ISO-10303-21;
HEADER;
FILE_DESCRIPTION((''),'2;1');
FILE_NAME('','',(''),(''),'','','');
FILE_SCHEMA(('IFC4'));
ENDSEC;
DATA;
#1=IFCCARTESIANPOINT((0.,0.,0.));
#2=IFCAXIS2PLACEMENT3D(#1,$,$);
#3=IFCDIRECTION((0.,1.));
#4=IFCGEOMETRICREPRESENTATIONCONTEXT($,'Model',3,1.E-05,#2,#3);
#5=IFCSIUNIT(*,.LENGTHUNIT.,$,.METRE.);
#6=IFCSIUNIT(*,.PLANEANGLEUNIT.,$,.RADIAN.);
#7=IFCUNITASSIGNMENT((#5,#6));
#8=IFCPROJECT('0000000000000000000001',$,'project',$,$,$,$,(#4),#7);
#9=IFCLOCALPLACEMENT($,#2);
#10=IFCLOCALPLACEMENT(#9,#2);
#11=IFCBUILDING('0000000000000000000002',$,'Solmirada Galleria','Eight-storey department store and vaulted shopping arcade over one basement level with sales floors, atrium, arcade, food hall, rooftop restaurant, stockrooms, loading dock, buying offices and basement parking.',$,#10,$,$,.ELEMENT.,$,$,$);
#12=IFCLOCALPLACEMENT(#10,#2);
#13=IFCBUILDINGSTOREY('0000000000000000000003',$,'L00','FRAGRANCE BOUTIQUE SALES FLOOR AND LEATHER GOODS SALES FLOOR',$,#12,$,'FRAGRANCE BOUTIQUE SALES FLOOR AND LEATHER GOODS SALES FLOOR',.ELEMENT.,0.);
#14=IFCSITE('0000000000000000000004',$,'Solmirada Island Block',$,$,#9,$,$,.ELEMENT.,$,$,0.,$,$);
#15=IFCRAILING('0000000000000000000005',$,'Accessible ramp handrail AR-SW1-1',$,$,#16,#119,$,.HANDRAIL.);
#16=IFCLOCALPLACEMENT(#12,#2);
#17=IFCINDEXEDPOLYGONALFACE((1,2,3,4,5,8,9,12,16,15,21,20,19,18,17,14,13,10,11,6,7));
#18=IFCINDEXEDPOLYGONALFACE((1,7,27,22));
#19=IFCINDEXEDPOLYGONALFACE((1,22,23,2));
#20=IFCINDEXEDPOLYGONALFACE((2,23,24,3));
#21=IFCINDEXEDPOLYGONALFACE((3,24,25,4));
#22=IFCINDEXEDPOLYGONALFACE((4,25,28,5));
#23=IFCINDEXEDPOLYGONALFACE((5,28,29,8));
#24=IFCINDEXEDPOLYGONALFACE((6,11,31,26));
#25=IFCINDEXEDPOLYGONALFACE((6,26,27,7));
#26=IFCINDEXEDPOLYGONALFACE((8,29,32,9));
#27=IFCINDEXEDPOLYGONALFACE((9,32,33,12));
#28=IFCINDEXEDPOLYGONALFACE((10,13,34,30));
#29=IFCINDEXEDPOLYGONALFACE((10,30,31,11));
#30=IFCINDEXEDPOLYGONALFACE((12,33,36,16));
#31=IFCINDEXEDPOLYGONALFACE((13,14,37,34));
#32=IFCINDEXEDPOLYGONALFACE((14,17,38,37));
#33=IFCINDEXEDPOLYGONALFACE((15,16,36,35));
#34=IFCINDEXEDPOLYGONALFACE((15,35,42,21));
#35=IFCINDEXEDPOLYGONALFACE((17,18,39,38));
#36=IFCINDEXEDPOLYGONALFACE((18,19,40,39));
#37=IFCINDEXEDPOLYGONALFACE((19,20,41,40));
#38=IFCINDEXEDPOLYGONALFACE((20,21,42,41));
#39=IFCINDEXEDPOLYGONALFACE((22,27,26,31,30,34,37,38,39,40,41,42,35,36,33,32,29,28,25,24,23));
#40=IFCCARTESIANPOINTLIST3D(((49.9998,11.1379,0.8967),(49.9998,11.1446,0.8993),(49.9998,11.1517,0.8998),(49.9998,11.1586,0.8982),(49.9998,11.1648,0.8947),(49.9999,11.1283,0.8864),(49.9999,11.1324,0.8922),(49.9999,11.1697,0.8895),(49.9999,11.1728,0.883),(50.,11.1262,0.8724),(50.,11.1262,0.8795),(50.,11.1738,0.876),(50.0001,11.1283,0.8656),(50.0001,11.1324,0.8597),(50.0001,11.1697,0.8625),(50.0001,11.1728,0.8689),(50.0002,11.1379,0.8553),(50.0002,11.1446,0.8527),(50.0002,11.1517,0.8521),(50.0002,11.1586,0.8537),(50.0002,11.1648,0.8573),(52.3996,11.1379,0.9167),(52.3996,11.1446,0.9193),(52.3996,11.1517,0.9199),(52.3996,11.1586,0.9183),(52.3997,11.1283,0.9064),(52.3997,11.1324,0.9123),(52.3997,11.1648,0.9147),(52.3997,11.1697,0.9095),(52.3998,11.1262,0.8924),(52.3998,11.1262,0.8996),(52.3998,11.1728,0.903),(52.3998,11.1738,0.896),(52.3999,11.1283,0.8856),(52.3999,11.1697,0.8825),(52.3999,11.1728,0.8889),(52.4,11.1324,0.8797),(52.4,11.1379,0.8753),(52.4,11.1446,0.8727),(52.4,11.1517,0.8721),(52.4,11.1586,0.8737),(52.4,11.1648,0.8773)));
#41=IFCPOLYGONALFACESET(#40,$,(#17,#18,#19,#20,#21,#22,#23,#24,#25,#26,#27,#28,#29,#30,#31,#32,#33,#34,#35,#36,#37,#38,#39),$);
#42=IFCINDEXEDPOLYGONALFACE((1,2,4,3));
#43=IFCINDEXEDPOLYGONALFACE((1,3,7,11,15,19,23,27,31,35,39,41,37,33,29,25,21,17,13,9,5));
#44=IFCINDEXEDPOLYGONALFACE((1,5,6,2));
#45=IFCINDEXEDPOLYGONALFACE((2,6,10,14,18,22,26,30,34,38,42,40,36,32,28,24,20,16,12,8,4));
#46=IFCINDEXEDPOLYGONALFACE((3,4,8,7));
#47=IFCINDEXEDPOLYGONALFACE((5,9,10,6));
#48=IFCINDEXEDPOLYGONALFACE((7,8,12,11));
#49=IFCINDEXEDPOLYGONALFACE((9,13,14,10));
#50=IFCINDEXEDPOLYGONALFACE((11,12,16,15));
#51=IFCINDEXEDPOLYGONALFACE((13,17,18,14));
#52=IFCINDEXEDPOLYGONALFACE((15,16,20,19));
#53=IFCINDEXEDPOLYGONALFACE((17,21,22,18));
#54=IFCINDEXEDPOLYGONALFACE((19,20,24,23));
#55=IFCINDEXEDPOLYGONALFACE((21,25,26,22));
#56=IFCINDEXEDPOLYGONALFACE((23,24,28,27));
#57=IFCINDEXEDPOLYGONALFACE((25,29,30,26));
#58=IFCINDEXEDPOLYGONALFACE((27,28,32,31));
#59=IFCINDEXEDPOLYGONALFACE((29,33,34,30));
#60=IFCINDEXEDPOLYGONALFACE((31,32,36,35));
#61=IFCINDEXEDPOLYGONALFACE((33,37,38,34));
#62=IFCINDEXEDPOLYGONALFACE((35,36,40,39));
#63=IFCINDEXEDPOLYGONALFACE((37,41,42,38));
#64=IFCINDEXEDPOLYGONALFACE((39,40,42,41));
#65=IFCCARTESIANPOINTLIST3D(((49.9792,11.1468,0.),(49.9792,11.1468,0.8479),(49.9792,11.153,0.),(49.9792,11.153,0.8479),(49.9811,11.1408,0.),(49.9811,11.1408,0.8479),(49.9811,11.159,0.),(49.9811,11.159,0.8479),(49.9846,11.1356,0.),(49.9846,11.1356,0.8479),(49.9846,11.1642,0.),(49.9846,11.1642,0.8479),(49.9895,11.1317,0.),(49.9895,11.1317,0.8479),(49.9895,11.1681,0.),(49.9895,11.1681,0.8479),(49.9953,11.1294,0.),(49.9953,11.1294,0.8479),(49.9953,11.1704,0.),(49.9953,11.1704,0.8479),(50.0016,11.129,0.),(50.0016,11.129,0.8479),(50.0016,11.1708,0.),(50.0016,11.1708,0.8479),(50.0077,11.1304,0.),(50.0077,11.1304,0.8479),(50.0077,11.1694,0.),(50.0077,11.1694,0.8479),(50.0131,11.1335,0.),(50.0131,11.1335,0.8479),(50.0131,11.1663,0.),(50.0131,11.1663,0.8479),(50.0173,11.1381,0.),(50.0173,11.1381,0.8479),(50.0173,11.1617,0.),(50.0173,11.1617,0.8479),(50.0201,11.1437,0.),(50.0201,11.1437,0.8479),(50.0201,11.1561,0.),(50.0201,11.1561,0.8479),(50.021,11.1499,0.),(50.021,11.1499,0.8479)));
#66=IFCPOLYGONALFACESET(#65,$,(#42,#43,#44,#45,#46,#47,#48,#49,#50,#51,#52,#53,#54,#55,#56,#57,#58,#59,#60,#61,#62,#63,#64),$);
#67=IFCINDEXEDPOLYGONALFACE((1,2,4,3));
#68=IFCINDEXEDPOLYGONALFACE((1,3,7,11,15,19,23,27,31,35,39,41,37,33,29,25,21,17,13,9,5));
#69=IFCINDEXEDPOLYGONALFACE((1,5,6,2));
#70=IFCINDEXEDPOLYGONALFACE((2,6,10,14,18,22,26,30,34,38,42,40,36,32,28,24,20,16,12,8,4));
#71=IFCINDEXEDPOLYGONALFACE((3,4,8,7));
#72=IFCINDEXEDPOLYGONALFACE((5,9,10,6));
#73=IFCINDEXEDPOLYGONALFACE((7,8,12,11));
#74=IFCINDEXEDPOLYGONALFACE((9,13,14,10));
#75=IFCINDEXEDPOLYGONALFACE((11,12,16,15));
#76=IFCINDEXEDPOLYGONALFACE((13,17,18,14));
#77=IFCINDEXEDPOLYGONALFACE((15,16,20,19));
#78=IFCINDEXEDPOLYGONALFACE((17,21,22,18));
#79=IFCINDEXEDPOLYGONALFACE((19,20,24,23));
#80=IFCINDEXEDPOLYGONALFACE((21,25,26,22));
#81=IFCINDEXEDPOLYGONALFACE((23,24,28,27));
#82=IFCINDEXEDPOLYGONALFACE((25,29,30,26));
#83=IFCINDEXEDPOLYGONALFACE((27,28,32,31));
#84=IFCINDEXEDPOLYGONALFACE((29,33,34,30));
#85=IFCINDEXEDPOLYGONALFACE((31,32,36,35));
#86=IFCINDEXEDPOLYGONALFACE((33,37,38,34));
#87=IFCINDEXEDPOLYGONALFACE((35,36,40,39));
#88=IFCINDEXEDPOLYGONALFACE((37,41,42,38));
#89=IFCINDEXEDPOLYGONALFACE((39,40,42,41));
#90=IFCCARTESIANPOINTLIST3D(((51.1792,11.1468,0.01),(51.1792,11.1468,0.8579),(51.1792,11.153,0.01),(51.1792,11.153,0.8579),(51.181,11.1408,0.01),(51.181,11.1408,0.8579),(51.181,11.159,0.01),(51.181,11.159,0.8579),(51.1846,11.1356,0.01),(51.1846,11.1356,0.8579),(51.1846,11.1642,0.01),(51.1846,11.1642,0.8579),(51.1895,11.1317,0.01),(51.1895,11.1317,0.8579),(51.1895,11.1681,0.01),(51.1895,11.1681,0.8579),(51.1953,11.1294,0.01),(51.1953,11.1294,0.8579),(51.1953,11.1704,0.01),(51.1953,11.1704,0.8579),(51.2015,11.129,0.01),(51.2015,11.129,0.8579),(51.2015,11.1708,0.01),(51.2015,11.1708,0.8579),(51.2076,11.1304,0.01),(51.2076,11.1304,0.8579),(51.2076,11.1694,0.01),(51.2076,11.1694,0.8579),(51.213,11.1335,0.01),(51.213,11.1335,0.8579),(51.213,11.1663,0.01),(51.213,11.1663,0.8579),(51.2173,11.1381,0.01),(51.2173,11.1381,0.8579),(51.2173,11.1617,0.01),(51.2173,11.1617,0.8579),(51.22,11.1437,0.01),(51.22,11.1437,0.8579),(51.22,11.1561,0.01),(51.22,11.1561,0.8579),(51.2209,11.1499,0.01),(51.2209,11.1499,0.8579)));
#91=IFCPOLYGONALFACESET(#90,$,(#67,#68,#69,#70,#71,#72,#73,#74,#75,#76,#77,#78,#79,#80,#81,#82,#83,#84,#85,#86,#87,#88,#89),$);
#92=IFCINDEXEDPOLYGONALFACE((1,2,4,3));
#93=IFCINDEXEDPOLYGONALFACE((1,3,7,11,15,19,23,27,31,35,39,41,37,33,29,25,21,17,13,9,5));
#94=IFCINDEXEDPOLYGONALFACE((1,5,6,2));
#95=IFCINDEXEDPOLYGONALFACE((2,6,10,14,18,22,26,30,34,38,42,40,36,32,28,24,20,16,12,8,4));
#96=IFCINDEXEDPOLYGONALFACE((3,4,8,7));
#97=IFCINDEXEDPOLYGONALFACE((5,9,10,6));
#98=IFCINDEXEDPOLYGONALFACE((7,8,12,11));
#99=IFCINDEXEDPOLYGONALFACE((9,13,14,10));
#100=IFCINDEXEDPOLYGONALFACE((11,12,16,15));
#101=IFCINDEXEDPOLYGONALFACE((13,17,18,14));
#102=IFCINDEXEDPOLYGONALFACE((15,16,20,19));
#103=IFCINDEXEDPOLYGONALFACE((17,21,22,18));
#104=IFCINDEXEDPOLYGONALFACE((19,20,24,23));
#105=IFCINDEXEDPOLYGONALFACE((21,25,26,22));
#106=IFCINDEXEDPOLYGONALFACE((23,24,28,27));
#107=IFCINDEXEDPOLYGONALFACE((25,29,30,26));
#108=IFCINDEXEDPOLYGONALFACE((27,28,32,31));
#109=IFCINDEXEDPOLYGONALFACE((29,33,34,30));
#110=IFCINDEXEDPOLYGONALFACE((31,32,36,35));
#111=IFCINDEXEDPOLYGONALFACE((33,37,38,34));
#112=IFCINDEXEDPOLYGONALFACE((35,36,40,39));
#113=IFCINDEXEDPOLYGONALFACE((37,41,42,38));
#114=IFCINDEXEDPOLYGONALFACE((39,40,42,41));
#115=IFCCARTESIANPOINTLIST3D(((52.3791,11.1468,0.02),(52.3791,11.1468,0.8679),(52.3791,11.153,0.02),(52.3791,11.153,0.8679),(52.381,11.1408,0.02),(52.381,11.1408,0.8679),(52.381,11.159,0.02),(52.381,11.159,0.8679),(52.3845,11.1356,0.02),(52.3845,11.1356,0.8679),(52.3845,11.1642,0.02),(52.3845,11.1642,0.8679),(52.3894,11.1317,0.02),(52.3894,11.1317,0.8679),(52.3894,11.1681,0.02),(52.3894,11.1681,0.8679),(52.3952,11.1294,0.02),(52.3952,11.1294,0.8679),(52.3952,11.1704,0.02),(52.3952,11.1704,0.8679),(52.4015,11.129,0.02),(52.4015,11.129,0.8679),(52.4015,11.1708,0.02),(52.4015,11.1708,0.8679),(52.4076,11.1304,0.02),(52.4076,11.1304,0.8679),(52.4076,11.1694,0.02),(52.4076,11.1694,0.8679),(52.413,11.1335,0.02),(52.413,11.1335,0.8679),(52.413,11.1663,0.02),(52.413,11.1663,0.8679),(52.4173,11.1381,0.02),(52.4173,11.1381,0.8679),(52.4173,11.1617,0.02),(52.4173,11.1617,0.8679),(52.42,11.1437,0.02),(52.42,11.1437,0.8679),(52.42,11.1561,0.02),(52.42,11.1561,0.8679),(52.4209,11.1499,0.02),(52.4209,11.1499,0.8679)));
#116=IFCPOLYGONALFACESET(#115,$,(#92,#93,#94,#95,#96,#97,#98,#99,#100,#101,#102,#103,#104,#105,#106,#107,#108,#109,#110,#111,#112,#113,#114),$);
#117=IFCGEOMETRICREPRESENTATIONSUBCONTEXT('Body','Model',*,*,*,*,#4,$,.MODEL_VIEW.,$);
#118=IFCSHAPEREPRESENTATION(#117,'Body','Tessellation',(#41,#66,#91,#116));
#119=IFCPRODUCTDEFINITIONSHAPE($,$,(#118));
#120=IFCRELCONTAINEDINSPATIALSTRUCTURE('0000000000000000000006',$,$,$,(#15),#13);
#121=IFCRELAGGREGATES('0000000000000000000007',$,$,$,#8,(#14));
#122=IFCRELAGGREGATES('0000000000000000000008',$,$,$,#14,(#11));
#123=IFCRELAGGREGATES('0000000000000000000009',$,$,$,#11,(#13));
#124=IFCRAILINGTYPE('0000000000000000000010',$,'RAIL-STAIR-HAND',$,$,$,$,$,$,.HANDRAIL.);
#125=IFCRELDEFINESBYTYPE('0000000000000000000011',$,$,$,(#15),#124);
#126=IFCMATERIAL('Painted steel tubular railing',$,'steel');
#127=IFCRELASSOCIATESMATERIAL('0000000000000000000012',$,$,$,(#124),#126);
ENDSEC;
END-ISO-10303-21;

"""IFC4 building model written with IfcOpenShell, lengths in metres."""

from ifc_helpers import new_model, si_unit, direction, frame, origin, origin_2d, place, context, subcontext, project, spatial, circle, extrude, material, type_object, element, save


model = new_model("IFC4")

# Units and contexts
model_context = context("Model", 3, precision=1e-05, world=origin(), true_north=direction((0.0, 1.0)))
body_context = subcontext(model_context, "Body", "Model", "MODEL_VIEW")
ifc_project = project(units=[si_unit("LENGTHUNIT", "METRE"), si_unit("PLANEANGLEUNIT", "RADIAN")], contexts=[model_context])

# Site, building, storey
site_placement = place(None, origin())
site = spatial("IfcSite", under=ifc_project, at=site_placement, Name="Solmirada Island Block", CompositionType="ELEMENT", RefElevation=0.0)
building_placement = place(site_placement, origin())
building = spatial("IfcBuilding", under=site, at=building_placement, Name="Solmirada Galleria", Description="Eight-storey department store and vaulted shopping arcade over one basement level with sales floors, atrium, arcade, food hall, rooftop restaurant, stockrooms, loading dock, buying offices and basement parking.", CompositionType="ELEMENT")
storey_placement = place(building_placement, origin())
storey = spatial("IfcBuildingStorey", under=building, at=storey_placement, Name="L00", Description="FRAGRANCE BOUTIQUE SALES FLOOR AND LEATHER GOODS SALES FLOOR", LongName="FRAGRANCE BOUTIQUE SALES FLOOR AND LEATHER GOODS SALES FLOOR", CompositionType="ELEMENT", Elevation=0.0)

# Railing
ifc_material_1 = material(Name="Painted steel tubular railing", Category="steel")
railing_type = type_object("IfcRailingType", Name="RAIL-STAIR-HAND", PredefinedType="HANDRAIL", material=ifc_material_1)
railing_placement = place(storey_placement, frame((50.0, 11.1499, 0.0)))
element("IfcRailing", 1, at=railing_placement, inside=storey, type_object=railing_type, Name="Accessible ramp handrail AR-SW1-1", PredefinedType="HANDRAIL", context=body_context, shape_type="SweptSolid", body=[
    extrude(circle(Radius=0.0239, at=origin_2d()), frame((0.0, 0.0, 0.876), z_axis=(0.999965, 0.0, 0.008342), x_axis=(0.0, 1.0, 0.0)), (0.0, 0.0, 1.0), 2.3999),
    extrude(circle(Radius=0.021, at=origin_2d()), origin(), (0.0, 0.0, 1.0), 0.8479),
    extrude(circle(Radius=0.021, at=origin_2d()), frame((1.2, 0.0, 0.01)), (0.0, 0.0, 1.0), 0.8479),
    extrude(circle(Radius=0.021, at=origin_2d()), frame((2.3999, 0.0, 0.02)), (0.0, 0.0, 1.0), 0.8479),
])

save(model, "model.ifc")
